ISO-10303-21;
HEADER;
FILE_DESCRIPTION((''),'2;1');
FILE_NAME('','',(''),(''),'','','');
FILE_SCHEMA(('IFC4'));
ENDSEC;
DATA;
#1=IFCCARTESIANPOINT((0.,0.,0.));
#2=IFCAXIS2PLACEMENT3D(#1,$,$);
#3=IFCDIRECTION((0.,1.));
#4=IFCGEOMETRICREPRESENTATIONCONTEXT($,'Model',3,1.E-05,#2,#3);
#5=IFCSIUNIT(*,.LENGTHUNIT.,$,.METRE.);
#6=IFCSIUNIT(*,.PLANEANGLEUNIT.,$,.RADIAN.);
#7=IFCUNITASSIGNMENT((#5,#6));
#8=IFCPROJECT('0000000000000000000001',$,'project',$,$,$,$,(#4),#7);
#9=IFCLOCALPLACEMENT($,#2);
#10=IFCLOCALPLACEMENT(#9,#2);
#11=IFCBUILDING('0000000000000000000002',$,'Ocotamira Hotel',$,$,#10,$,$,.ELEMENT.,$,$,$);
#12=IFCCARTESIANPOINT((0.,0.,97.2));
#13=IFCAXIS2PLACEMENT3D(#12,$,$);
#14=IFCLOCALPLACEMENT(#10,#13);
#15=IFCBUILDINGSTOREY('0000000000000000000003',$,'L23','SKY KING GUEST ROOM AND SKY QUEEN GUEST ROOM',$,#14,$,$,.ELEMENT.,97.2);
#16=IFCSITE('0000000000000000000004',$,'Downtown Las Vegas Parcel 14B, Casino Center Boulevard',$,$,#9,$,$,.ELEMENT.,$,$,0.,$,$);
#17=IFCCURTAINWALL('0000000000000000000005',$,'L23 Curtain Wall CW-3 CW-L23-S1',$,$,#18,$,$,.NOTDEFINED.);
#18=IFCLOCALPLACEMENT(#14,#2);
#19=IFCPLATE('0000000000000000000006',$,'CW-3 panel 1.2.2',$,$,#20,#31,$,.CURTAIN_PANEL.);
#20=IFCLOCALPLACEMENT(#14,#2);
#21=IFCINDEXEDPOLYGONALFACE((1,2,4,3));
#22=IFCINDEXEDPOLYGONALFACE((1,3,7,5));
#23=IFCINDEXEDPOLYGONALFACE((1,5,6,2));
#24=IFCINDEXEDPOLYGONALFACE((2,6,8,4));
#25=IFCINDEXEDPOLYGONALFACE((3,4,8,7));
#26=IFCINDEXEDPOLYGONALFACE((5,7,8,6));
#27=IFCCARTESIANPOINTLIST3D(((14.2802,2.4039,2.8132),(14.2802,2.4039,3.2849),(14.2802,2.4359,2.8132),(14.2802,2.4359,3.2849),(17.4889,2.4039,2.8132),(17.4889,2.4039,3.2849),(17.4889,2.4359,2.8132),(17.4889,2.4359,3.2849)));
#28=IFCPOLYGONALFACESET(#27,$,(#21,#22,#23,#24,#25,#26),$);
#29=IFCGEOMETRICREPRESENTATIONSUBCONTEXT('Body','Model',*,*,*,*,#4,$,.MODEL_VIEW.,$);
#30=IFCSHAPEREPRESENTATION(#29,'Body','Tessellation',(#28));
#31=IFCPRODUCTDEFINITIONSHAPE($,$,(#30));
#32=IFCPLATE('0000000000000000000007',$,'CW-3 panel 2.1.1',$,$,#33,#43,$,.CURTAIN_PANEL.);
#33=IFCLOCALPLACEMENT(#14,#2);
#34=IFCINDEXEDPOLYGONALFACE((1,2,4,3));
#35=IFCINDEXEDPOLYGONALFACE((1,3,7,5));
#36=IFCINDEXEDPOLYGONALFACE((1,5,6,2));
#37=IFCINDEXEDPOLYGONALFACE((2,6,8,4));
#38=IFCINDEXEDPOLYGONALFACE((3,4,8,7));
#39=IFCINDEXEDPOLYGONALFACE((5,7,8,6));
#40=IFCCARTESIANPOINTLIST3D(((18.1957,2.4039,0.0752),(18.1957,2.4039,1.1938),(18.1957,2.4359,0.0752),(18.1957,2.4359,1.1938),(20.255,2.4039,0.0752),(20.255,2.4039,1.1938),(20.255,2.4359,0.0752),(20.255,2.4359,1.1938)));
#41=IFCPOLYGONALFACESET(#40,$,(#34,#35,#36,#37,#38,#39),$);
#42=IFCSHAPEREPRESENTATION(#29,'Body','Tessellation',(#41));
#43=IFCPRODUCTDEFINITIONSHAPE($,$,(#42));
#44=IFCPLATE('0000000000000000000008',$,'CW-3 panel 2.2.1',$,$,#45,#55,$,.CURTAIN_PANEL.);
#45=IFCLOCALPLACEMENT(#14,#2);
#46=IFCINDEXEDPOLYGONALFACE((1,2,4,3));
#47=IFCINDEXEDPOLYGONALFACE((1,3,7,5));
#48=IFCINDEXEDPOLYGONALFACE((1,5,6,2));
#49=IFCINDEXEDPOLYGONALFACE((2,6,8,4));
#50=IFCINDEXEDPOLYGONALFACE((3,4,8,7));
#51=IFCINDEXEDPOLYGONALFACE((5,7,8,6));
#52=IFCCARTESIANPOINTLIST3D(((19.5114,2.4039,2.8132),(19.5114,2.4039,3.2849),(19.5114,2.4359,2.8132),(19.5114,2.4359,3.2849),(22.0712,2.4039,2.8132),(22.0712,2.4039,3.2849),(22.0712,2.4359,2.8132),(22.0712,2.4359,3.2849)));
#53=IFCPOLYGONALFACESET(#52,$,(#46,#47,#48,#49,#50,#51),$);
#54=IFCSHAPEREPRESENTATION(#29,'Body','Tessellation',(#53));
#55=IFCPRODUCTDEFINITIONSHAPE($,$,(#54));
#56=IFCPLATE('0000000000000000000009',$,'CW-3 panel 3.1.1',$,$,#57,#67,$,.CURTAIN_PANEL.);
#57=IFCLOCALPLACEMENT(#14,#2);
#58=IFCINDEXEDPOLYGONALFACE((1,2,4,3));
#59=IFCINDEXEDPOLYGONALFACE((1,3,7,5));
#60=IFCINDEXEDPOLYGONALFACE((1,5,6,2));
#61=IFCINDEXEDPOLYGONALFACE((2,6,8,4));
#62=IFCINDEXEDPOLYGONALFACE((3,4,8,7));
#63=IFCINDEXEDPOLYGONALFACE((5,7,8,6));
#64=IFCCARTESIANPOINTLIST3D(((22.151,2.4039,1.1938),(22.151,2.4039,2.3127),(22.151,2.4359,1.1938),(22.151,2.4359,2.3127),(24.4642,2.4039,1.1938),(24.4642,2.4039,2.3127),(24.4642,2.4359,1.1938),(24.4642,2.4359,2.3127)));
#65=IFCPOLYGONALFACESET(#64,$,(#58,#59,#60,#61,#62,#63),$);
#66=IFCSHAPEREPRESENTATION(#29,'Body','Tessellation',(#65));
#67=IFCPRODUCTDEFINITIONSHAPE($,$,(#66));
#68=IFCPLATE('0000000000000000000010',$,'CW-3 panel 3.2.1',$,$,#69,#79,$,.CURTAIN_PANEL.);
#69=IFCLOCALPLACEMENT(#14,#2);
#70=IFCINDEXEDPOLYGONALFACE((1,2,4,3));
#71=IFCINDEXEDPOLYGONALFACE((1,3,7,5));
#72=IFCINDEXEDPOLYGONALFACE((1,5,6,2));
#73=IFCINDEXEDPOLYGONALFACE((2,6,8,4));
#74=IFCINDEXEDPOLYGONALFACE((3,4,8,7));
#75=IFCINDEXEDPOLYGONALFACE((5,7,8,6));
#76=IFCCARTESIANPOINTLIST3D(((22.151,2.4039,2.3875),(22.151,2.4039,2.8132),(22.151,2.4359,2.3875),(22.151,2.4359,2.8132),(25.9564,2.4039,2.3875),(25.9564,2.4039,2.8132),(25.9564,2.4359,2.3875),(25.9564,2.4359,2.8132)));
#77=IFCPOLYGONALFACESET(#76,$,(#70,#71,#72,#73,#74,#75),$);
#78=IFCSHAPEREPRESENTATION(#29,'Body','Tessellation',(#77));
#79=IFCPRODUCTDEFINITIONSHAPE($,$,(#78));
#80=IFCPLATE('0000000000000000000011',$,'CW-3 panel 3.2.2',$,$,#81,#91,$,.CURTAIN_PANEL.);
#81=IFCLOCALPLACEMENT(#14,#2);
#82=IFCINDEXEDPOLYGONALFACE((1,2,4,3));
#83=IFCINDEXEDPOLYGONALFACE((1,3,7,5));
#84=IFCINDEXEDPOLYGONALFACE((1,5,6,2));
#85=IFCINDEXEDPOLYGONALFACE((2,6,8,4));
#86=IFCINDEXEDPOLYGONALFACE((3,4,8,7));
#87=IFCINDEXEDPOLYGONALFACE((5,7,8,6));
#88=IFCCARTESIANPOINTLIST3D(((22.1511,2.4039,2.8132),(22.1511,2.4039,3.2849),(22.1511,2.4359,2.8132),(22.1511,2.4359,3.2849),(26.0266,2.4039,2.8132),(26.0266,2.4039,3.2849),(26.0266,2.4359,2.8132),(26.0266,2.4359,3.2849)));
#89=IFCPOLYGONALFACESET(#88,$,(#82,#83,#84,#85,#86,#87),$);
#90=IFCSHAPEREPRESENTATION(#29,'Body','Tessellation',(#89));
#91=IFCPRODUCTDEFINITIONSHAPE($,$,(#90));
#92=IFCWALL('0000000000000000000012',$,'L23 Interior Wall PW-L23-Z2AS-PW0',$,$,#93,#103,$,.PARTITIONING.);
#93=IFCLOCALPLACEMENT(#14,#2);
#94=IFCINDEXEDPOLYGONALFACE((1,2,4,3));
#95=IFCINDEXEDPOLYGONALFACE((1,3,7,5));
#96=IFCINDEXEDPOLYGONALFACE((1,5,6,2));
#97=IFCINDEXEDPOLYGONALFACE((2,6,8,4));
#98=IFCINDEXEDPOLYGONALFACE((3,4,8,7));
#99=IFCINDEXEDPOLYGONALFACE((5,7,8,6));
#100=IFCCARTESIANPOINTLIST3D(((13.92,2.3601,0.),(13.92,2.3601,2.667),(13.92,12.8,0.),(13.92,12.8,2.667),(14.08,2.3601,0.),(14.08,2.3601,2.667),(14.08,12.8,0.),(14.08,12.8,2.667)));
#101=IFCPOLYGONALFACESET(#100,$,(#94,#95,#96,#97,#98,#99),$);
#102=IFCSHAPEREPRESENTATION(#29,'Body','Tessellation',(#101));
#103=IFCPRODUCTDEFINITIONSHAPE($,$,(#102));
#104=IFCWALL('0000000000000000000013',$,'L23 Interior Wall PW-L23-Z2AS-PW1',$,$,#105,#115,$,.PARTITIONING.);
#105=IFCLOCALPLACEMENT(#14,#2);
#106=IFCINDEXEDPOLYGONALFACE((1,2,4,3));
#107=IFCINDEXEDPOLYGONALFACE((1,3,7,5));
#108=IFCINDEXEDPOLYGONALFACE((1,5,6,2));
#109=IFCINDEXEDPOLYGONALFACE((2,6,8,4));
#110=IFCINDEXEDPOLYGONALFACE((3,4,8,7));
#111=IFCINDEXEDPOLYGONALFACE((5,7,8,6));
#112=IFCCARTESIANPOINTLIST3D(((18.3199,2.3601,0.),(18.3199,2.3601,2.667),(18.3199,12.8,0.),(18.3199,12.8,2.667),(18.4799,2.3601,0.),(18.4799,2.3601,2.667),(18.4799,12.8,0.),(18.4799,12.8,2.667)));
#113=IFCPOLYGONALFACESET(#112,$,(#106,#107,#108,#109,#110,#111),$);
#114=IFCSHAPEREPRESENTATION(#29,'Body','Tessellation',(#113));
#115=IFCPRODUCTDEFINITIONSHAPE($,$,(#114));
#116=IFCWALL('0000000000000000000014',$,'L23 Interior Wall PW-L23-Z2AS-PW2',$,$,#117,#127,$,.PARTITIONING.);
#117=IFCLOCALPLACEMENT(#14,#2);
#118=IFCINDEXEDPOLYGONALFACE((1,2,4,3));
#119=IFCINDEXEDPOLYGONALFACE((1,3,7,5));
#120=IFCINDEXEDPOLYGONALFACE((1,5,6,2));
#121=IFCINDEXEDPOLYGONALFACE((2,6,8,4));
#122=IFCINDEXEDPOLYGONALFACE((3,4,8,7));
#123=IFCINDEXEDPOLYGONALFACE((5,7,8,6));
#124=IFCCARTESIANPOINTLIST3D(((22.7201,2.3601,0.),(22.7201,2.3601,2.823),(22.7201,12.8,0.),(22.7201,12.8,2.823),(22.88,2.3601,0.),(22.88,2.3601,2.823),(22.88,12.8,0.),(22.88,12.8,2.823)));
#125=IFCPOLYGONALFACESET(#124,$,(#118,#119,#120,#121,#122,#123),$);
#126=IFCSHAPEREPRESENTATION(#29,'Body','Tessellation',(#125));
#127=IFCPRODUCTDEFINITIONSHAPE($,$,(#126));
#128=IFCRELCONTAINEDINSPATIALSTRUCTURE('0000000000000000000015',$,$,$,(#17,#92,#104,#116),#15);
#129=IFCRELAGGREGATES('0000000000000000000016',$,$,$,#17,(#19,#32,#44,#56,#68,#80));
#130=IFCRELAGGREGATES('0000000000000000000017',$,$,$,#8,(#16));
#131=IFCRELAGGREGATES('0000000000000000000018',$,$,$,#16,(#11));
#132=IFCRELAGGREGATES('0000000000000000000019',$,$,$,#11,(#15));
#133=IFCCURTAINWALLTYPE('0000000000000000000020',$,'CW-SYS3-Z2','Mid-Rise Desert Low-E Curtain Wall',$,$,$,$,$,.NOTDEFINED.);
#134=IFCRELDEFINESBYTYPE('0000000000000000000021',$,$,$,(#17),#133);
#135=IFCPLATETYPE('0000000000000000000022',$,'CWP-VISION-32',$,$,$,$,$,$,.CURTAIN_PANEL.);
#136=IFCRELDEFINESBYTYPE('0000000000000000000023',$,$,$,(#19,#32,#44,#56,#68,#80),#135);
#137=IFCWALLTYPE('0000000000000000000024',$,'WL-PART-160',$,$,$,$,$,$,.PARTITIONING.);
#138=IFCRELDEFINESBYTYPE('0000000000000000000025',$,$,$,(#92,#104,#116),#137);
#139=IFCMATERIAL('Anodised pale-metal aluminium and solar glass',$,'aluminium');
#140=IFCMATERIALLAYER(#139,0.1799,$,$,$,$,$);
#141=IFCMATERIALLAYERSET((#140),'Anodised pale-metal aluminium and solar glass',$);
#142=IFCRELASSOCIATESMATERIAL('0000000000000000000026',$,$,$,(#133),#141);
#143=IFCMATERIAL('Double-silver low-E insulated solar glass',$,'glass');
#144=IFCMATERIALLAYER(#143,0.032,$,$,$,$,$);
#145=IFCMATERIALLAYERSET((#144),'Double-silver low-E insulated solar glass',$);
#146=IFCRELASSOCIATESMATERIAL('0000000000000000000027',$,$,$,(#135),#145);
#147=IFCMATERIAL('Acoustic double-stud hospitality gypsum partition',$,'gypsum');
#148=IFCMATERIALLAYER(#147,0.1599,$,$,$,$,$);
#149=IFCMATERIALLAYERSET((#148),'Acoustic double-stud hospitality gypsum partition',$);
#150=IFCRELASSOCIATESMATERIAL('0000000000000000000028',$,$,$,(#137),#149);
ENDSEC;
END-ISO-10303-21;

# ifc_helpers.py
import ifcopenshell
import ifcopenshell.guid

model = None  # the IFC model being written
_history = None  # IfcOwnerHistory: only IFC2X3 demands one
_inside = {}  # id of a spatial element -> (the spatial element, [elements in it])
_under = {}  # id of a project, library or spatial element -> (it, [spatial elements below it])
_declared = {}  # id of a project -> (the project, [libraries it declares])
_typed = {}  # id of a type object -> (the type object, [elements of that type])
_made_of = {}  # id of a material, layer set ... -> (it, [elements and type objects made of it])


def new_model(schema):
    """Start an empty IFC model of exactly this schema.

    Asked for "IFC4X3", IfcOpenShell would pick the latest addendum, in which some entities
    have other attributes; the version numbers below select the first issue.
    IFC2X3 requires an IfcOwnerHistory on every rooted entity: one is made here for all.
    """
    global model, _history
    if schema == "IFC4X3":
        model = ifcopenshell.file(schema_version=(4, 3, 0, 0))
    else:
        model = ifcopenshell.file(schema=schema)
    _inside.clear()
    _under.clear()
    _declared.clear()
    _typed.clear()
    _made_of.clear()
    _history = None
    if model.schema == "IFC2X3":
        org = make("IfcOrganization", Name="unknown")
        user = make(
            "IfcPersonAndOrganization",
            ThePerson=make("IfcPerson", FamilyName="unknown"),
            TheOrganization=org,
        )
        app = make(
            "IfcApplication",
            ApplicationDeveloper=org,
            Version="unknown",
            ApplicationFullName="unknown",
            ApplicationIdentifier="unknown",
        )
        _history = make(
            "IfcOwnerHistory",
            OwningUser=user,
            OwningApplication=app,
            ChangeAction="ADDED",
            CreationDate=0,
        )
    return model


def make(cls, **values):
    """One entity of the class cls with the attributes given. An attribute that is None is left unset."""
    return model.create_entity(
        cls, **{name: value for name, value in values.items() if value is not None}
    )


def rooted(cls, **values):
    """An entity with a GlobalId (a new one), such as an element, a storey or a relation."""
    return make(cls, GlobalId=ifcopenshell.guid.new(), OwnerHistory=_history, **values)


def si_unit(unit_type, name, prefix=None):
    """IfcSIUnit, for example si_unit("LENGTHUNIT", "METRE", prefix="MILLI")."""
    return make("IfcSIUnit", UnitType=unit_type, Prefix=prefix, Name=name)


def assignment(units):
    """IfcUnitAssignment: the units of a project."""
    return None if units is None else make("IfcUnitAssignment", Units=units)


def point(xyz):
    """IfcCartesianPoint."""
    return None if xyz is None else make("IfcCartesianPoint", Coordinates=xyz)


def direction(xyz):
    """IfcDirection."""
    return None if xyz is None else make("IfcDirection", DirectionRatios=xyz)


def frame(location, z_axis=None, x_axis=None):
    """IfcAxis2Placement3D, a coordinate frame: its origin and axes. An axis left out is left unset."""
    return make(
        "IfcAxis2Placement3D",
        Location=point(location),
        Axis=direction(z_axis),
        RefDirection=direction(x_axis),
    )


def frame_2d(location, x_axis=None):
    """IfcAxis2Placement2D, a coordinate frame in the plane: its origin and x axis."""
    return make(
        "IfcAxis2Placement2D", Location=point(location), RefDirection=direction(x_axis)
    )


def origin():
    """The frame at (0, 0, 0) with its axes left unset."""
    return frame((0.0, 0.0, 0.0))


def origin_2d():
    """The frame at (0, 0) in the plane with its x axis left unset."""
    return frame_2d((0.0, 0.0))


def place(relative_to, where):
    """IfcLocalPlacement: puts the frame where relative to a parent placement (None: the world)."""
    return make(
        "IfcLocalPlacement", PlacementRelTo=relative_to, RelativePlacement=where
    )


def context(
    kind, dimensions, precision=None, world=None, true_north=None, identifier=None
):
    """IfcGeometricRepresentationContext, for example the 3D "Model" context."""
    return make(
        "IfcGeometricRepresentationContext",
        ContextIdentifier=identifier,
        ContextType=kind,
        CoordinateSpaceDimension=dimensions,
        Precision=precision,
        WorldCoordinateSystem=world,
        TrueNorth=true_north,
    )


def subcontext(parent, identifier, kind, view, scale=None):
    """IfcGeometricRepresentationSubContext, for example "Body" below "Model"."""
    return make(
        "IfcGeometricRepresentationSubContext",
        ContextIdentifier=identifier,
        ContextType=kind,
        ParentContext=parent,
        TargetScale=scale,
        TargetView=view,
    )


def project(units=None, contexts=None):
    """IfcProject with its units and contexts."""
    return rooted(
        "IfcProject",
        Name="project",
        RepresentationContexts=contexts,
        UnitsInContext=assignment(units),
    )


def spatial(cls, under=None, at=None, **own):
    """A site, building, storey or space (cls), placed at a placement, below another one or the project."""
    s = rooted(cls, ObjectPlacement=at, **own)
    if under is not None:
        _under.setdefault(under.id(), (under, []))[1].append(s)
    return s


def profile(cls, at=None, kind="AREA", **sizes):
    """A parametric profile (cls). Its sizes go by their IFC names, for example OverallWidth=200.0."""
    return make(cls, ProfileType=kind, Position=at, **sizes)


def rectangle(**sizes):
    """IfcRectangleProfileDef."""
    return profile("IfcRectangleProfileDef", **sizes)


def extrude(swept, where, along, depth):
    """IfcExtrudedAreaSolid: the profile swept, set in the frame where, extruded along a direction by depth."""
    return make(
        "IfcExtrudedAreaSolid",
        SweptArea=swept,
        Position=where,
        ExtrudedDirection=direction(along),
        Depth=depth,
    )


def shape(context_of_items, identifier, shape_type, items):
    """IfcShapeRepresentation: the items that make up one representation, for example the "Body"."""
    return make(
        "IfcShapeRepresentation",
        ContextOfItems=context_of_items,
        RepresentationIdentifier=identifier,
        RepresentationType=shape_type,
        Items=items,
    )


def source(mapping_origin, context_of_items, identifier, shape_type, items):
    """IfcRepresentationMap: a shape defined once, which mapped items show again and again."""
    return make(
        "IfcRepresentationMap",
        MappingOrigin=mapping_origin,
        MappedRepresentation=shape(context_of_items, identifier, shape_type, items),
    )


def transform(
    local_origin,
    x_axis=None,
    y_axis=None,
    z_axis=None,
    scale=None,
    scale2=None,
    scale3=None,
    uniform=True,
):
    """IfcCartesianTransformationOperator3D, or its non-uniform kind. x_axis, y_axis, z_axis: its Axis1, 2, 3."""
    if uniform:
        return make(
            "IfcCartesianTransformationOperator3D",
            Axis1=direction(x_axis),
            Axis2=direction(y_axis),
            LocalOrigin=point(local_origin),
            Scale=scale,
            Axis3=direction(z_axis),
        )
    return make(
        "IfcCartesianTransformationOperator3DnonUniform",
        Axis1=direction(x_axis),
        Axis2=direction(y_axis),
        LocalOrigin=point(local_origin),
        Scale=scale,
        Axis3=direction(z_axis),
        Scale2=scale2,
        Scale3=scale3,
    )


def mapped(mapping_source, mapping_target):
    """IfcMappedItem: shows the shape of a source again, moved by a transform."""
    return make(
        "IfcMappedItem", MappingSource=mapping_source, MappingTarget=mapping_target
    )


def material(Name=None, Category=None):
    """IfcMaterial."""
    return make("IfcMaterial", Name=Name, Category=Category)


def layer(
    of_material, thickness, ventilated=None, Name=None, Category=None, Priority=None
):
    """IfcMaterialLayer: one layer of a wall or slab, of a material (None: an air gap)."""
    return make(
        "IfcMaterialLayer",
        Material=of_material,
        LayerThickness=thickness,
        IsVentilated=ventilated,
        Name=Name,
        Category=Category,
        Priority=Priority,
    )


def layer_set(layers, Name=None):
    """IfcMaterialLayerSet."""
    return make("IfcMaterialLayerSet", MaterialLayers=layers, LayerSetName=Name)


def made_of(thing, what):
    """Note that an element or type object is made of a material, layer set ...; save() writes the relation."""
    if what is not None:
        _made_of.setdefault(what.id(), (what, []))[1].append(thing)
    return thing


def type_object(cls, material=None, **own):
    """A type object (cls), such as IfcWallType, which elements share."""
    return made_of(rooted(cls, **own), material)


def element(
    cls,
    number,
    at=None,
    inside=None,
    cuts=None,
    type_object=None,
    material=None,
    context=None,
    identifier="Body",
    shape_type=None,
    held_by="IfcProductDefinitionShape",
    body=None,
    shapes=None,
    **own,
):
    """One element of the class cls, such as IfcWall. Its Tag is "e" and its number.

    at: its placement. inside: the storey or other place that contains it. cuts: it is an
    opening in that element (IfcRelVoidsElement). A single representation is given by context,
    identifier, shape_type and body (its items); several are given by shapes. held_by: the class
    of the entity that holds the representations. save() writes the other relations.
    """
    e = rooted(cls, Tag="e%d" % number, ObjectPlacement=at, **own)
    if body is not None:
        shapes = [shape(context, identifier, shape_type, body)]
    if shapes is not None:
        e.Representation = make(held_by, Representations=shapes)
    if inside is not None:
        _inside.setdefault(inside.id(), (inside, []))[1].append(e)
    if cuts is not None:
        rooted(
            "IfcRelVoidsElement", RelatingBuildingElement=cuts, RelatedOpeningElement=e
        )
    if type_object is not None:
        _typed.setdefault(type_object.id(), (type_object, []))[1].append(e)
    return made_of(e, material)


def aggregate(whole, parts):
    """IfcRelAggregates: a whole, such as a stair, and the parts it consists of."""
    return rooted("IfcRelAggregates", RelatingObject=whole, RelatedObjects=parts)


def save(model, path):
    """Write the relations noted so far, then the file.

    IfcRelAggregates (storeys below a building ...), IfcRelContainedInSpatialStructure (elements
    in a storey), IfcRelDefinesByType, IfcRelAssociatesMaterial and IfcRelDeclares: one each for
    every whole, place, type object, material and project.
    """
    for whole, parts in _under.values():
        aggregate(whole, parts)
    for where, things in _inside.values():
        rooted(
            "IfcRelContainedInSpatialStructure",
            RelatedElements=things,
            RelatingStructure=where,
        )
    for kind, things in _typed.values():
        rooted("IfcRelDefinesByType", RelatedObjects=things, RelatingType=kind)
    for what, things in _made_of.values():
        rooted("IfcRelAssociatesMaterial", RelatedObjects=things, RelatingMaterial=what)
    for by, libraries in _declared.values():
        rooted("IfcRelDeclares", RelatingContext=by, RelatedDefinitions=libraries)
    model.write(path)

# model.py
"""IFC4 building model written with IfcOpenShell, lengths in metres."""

from ifc_helpers import new_model, si_unit, direction, frame, frame_2d, origin, origin_2d, place, context, subcontext, project, spatial, rectangle, extrude, source, transform, mapped, material, layer, layer_set, type_object, element, aggregate, save


model = new_model("IFC4")

# Units and contexts
model_context = context("Model", 3, precision=1e-05, world=origin(), true_north=direction((0.0, 1.0)))
body_context = subcontext(model_context, "Body", "Model", "MODEL_VIEW")
ifc_project = project(units=[si_unit("LENGTHUNIT", "METRE"), si_unit("PLANEANGLEUNIT", "RADIAN")], contexts=[model_context])

# Site, building, storey
site_placement = place(None, origin())
site = spatial("IfcSite", under=ifc_project, at=site_placement, Name="Downtown Las Vegas Parcel 14B, Casino Center Boulevard", CompositionType="ELEMENT", RefElevation=0.0)
building_placement = place(site_placement, origin())
building = spatial("IfcBuilding", under=site, at=building_placement, Name="Ocotamira Hotel", CompositionType="ELEMENT")
storey_placement = place(building_placement, frame((0.0, 0.0, 97.2)))
storey = spatial("IfcBuildingStorey", under=building, at=storey_placement, Name="L23", Description="SKY KING GUEST ROOM AND SKY QUEEN GUEST ROOM", CompositionType="ELEMENT", Elevation=97.2)

# Curtain wall
ifc_material_1 = material(Name="Anodised pale-metal aluminium and solar glass", Category="aluminium")
ifc_layer_1 = layer(ifc_material_1, 0.1799)
ifc_layer_set_1 = layer_set([ifc_layer_1], Name="Anodised pale-metal aluminium and solar glass")
curtain_wall_type = type_object("IfcCurtainWallType", Name="CW-SYS3-Z2", Description="Mid-Rise Desert Low-E Curtain Wall", PredefinedType="NOTDEFINED", material=ifc_layer_set_1)
curtain_wall_placement = place(storey_placement, origin())
curtain_wall = element("IfcCurtainWall", 1, at=curtain_wall_placement, inside=storey, type_object=curtain_wall_type, Name="L23 Curtain Wall CW-3 CW-L23-S1", PredefinedType="NOTDEFINED")

# Plates
ifc_material_2 = material(Name="Double-silver low-E insulated solar glass", Category="glass")
ifc_layer_2 = layer(ifc_material_2, 0.032)
ifc_layer_set_2 = layer_set([ifc_layer_2], Name="Double-silver low-E insulated solar glass")
plate_type_1 = type_object("IfcPlateType", Name="CWP-VISION-32", PredefinedType="CURTAIN_PANEL", material=ifc_layer_set_2)
shared_shape_1 = source(origin(), body_context, "Body", "SweptSolid", [
    extrude(rectangle(XDim=3.2087, YDim=0.032, at=origin_2d()), origin(), (0.0, 0.0, 1.0), 0.4717),
])
plate_1_placement = place(storey_placement, frame((15.8845, 2.4199, 2.8132), z_axis=(0.0, 0.0, 1.0), x_axis=(1.0, 0.0, 0.0)))
plate_1 = element("IfcPlate", 2, at=plate_1_placement, type_object=plate_type_1, Name="CW-3 panel 1.2.2", PredefinedType="CURTAIN_PANEL", context=body_context, shape_type="MappedRepresentation", body=[
    mapped(shared_shape_1, transform((0.0, 0.0, 0.0), scale=1.0)),
])
shared_shape_2 = source(origin(), body_context, "Body", "SweptSolid", [
    extrude(rectangle(XDim=2.0593, YDim=0.032, at=origin_2d()), origin(), (0.0, 0.0, 1.0), 1.1187),
])
plate_2_placement = place(storey_placement, frame((19.2253, 2.4199, 0.0752), z_axis=(0.0, 0.0, 1.0), x_axis=(1.0, 0.0, 0.0)))
plate_2 = element("IfcPlate", 3, at=plate_2_placement, type_object=plate_type_1, Name="CW-3 panel 2.1.1", PredefinedType="CURTAIN_PANEL", context=body_context, shape_type="MappedRepresentation", body=[
    mapped(shared_shape_2, transform((0.0, 0.0, 0.0), scale=1.0)),
])
shared_shape_3 = source(origin(), body_context, "Body", "SweptSolid", [
    extrude(rectangle(XDim=2.5598, YDim=0.032, at=origin_2d()), origin(), (0.0, 0.0, 1.0), 0.4717),
])
plate_3_placement = place(storey_placement, frame((20.7913, 2.4199, 2.8132), z_axis=(0.0, 0.0, 1.0), x_axis=(1.0, 0.0, 0.0)))
plate_3 = element("IfcPlate", 4, at=plate_3_placement, type_object=plate_type_1, Name="CW-3 panel 2.2.1", PredefinedType="CURTAIN_PANEL", context=body_context, shape_type="MappedRepresentation", body=[
    mapped(shared_shape_3, transform((0.0, 0.0, 0.0), scale=1.0)),
])
shared_shape_4 = source(origin(), body_context, "Body", "SweptSolid", [
    extrude(rectangle(XDim=2.3132, YDim=0.032, at=origin_2d()), origin(), (0.0, 0.0, 1.0), 1.1189),
])
plate_4_placement = place(storey_placement, frame((23.3076, 2.4199, 1.1938), z_axis=(0.0, 0.0, 1.0), x_axis=(1.0, 0.0, 0.0)))
plate_4 = element("IfcPlate", 5, at=plate_4_placement, type_object=plate_type_1, Name="CW-3 panel 3.1.1", PredefinedType="CURTAIN_PANEL", context=body_context, shape_type="MappedRepresentation", body=[
    mapped(shared_shape_4, transform((0.0, 0.0, 0.0), scale=1.0)),
])
shared_shape_5 = source(origin(), body_context, "Body", "SweptSolid", [
    extrude(rectangle(XDim=3.8054, YDim=0.032, at=origin_2d()), origin(), (0.0, 0.0, 1.0), 0.4258),
])
plate_5_placement = place(storey_placement, frame((24.0537, 2.4199, 2.3875), z_axis=(0.0, 0.0, 1.0), x_axis=(1.0, 0.0, 0.0)))
plate_5 = element("IfcPlate", 6, at=plate_5_placement, type_object=plate_type_1, Name="CW-3 panel 3.2.1", PredefinedType="CURTAIN_PANEL", context=body_context, shape_type="MappedRepresentation", body=[
    mapped(shared_shape_5, transform((0.0, 0.0, 0.0), scale=1.0)),
])
shared_shape_6 = source(origin(), body_context, "Body", "SweptSolid", [
    extrude(rectangle(XDim=3.8755, YDim=0.032, at=origin_2d()), origin(), (0.0, 0.0, 1.0), 0.4717),
])
plate_6_placement = place(storey_placement, frame((24.0889, 2.4199, 2.8132), z_axis=(0.0, 0.0, 1.0), x_axis=(1.0, 0.0, 0.0)))
plate_6 = element("IfcPlate", 7, at=plate_6_placement, type_object=plate_type_1, Name="CW-3 panel 3.2.2", PredefinedType="CURTAIN_PANEL", context=body_context, shape_type="MappedRepresentation", body=[
    mapped(shared_shape_6, transform((0.0, 0.0, 0.0), scale=1.0)),
])
aggregate(curtain_wall, [plate_1, plate_2, plate_3, plate_4, plate_5, plate_6])

# Walls
ifc_material_3 = material(Name="Acoustic double-stud hospitality gypsum partition", Category="gypsum")
ifc_layer_3 = layer(ifc_material_3, 0.1599)
ifc_layer_set_3 = layer_set([ifc_layer_3], Name="Acoustic double-stud hospitality gypsum partition")
wall_type = type_object("IfcWallType", Name="WL-PART-160", PredefinedType="PARTITIONING", material=ifc_layer_set_3)
for number, where, z_axis, x_axis, name in (
    (8, (14.0, 2.3601, 0.0), (0.0, 0.0, 1.0), (0.0, 1.0, 0.0), "L23 Interior Wall PW-L23-Z2AS-PW0"),
    (9, (18.3999, 2.3601, 0.0), (0.0, 0.0, 1.0), (0.0, 1.0, 0.0), "L23 Interior Wall PW-L23-Z2AS-PW1"),
):
    element("IfcWall", number, at=place(storey_placement, frame(where, z_axis=z_axis, x_axis=x_axis)), inside=storey, type_object=wall_type, Name=name, PredefinedType="PARTITIONING", context=body_context, shape_type="SweptSolid", body=[
        extrude(rectangle(XDim=10.4399, YDim=0.1599, at=frame_2d((5.22, 0.0))), origin(), (0.0, 0.0, 1.0), 2.667),
    ])
wall_placement = place(storey_placement, frame((22.8, 2.3601, 0.0), z_axis=(0.0, 0.0, 1.0), x_axis=(0.0, 1.0, 0.0)))
element("IfcWall", 10, at=wall_placement, inside=storey, type_object=wall_type, Name="L23 Interior Wall PW-L23-Z2AS-PW2", PredefinedType="PARTITIONING", context=body_context, shape_type="SweptSolid", body=[
    extrude(rectangle(XDim=10.4399, YDim=0.1599, at=frame_2d((5.22, 0.0))), origin(), (0.0, 0.0, 1.0), 2.823),
])

save(model, "model.ifc")
